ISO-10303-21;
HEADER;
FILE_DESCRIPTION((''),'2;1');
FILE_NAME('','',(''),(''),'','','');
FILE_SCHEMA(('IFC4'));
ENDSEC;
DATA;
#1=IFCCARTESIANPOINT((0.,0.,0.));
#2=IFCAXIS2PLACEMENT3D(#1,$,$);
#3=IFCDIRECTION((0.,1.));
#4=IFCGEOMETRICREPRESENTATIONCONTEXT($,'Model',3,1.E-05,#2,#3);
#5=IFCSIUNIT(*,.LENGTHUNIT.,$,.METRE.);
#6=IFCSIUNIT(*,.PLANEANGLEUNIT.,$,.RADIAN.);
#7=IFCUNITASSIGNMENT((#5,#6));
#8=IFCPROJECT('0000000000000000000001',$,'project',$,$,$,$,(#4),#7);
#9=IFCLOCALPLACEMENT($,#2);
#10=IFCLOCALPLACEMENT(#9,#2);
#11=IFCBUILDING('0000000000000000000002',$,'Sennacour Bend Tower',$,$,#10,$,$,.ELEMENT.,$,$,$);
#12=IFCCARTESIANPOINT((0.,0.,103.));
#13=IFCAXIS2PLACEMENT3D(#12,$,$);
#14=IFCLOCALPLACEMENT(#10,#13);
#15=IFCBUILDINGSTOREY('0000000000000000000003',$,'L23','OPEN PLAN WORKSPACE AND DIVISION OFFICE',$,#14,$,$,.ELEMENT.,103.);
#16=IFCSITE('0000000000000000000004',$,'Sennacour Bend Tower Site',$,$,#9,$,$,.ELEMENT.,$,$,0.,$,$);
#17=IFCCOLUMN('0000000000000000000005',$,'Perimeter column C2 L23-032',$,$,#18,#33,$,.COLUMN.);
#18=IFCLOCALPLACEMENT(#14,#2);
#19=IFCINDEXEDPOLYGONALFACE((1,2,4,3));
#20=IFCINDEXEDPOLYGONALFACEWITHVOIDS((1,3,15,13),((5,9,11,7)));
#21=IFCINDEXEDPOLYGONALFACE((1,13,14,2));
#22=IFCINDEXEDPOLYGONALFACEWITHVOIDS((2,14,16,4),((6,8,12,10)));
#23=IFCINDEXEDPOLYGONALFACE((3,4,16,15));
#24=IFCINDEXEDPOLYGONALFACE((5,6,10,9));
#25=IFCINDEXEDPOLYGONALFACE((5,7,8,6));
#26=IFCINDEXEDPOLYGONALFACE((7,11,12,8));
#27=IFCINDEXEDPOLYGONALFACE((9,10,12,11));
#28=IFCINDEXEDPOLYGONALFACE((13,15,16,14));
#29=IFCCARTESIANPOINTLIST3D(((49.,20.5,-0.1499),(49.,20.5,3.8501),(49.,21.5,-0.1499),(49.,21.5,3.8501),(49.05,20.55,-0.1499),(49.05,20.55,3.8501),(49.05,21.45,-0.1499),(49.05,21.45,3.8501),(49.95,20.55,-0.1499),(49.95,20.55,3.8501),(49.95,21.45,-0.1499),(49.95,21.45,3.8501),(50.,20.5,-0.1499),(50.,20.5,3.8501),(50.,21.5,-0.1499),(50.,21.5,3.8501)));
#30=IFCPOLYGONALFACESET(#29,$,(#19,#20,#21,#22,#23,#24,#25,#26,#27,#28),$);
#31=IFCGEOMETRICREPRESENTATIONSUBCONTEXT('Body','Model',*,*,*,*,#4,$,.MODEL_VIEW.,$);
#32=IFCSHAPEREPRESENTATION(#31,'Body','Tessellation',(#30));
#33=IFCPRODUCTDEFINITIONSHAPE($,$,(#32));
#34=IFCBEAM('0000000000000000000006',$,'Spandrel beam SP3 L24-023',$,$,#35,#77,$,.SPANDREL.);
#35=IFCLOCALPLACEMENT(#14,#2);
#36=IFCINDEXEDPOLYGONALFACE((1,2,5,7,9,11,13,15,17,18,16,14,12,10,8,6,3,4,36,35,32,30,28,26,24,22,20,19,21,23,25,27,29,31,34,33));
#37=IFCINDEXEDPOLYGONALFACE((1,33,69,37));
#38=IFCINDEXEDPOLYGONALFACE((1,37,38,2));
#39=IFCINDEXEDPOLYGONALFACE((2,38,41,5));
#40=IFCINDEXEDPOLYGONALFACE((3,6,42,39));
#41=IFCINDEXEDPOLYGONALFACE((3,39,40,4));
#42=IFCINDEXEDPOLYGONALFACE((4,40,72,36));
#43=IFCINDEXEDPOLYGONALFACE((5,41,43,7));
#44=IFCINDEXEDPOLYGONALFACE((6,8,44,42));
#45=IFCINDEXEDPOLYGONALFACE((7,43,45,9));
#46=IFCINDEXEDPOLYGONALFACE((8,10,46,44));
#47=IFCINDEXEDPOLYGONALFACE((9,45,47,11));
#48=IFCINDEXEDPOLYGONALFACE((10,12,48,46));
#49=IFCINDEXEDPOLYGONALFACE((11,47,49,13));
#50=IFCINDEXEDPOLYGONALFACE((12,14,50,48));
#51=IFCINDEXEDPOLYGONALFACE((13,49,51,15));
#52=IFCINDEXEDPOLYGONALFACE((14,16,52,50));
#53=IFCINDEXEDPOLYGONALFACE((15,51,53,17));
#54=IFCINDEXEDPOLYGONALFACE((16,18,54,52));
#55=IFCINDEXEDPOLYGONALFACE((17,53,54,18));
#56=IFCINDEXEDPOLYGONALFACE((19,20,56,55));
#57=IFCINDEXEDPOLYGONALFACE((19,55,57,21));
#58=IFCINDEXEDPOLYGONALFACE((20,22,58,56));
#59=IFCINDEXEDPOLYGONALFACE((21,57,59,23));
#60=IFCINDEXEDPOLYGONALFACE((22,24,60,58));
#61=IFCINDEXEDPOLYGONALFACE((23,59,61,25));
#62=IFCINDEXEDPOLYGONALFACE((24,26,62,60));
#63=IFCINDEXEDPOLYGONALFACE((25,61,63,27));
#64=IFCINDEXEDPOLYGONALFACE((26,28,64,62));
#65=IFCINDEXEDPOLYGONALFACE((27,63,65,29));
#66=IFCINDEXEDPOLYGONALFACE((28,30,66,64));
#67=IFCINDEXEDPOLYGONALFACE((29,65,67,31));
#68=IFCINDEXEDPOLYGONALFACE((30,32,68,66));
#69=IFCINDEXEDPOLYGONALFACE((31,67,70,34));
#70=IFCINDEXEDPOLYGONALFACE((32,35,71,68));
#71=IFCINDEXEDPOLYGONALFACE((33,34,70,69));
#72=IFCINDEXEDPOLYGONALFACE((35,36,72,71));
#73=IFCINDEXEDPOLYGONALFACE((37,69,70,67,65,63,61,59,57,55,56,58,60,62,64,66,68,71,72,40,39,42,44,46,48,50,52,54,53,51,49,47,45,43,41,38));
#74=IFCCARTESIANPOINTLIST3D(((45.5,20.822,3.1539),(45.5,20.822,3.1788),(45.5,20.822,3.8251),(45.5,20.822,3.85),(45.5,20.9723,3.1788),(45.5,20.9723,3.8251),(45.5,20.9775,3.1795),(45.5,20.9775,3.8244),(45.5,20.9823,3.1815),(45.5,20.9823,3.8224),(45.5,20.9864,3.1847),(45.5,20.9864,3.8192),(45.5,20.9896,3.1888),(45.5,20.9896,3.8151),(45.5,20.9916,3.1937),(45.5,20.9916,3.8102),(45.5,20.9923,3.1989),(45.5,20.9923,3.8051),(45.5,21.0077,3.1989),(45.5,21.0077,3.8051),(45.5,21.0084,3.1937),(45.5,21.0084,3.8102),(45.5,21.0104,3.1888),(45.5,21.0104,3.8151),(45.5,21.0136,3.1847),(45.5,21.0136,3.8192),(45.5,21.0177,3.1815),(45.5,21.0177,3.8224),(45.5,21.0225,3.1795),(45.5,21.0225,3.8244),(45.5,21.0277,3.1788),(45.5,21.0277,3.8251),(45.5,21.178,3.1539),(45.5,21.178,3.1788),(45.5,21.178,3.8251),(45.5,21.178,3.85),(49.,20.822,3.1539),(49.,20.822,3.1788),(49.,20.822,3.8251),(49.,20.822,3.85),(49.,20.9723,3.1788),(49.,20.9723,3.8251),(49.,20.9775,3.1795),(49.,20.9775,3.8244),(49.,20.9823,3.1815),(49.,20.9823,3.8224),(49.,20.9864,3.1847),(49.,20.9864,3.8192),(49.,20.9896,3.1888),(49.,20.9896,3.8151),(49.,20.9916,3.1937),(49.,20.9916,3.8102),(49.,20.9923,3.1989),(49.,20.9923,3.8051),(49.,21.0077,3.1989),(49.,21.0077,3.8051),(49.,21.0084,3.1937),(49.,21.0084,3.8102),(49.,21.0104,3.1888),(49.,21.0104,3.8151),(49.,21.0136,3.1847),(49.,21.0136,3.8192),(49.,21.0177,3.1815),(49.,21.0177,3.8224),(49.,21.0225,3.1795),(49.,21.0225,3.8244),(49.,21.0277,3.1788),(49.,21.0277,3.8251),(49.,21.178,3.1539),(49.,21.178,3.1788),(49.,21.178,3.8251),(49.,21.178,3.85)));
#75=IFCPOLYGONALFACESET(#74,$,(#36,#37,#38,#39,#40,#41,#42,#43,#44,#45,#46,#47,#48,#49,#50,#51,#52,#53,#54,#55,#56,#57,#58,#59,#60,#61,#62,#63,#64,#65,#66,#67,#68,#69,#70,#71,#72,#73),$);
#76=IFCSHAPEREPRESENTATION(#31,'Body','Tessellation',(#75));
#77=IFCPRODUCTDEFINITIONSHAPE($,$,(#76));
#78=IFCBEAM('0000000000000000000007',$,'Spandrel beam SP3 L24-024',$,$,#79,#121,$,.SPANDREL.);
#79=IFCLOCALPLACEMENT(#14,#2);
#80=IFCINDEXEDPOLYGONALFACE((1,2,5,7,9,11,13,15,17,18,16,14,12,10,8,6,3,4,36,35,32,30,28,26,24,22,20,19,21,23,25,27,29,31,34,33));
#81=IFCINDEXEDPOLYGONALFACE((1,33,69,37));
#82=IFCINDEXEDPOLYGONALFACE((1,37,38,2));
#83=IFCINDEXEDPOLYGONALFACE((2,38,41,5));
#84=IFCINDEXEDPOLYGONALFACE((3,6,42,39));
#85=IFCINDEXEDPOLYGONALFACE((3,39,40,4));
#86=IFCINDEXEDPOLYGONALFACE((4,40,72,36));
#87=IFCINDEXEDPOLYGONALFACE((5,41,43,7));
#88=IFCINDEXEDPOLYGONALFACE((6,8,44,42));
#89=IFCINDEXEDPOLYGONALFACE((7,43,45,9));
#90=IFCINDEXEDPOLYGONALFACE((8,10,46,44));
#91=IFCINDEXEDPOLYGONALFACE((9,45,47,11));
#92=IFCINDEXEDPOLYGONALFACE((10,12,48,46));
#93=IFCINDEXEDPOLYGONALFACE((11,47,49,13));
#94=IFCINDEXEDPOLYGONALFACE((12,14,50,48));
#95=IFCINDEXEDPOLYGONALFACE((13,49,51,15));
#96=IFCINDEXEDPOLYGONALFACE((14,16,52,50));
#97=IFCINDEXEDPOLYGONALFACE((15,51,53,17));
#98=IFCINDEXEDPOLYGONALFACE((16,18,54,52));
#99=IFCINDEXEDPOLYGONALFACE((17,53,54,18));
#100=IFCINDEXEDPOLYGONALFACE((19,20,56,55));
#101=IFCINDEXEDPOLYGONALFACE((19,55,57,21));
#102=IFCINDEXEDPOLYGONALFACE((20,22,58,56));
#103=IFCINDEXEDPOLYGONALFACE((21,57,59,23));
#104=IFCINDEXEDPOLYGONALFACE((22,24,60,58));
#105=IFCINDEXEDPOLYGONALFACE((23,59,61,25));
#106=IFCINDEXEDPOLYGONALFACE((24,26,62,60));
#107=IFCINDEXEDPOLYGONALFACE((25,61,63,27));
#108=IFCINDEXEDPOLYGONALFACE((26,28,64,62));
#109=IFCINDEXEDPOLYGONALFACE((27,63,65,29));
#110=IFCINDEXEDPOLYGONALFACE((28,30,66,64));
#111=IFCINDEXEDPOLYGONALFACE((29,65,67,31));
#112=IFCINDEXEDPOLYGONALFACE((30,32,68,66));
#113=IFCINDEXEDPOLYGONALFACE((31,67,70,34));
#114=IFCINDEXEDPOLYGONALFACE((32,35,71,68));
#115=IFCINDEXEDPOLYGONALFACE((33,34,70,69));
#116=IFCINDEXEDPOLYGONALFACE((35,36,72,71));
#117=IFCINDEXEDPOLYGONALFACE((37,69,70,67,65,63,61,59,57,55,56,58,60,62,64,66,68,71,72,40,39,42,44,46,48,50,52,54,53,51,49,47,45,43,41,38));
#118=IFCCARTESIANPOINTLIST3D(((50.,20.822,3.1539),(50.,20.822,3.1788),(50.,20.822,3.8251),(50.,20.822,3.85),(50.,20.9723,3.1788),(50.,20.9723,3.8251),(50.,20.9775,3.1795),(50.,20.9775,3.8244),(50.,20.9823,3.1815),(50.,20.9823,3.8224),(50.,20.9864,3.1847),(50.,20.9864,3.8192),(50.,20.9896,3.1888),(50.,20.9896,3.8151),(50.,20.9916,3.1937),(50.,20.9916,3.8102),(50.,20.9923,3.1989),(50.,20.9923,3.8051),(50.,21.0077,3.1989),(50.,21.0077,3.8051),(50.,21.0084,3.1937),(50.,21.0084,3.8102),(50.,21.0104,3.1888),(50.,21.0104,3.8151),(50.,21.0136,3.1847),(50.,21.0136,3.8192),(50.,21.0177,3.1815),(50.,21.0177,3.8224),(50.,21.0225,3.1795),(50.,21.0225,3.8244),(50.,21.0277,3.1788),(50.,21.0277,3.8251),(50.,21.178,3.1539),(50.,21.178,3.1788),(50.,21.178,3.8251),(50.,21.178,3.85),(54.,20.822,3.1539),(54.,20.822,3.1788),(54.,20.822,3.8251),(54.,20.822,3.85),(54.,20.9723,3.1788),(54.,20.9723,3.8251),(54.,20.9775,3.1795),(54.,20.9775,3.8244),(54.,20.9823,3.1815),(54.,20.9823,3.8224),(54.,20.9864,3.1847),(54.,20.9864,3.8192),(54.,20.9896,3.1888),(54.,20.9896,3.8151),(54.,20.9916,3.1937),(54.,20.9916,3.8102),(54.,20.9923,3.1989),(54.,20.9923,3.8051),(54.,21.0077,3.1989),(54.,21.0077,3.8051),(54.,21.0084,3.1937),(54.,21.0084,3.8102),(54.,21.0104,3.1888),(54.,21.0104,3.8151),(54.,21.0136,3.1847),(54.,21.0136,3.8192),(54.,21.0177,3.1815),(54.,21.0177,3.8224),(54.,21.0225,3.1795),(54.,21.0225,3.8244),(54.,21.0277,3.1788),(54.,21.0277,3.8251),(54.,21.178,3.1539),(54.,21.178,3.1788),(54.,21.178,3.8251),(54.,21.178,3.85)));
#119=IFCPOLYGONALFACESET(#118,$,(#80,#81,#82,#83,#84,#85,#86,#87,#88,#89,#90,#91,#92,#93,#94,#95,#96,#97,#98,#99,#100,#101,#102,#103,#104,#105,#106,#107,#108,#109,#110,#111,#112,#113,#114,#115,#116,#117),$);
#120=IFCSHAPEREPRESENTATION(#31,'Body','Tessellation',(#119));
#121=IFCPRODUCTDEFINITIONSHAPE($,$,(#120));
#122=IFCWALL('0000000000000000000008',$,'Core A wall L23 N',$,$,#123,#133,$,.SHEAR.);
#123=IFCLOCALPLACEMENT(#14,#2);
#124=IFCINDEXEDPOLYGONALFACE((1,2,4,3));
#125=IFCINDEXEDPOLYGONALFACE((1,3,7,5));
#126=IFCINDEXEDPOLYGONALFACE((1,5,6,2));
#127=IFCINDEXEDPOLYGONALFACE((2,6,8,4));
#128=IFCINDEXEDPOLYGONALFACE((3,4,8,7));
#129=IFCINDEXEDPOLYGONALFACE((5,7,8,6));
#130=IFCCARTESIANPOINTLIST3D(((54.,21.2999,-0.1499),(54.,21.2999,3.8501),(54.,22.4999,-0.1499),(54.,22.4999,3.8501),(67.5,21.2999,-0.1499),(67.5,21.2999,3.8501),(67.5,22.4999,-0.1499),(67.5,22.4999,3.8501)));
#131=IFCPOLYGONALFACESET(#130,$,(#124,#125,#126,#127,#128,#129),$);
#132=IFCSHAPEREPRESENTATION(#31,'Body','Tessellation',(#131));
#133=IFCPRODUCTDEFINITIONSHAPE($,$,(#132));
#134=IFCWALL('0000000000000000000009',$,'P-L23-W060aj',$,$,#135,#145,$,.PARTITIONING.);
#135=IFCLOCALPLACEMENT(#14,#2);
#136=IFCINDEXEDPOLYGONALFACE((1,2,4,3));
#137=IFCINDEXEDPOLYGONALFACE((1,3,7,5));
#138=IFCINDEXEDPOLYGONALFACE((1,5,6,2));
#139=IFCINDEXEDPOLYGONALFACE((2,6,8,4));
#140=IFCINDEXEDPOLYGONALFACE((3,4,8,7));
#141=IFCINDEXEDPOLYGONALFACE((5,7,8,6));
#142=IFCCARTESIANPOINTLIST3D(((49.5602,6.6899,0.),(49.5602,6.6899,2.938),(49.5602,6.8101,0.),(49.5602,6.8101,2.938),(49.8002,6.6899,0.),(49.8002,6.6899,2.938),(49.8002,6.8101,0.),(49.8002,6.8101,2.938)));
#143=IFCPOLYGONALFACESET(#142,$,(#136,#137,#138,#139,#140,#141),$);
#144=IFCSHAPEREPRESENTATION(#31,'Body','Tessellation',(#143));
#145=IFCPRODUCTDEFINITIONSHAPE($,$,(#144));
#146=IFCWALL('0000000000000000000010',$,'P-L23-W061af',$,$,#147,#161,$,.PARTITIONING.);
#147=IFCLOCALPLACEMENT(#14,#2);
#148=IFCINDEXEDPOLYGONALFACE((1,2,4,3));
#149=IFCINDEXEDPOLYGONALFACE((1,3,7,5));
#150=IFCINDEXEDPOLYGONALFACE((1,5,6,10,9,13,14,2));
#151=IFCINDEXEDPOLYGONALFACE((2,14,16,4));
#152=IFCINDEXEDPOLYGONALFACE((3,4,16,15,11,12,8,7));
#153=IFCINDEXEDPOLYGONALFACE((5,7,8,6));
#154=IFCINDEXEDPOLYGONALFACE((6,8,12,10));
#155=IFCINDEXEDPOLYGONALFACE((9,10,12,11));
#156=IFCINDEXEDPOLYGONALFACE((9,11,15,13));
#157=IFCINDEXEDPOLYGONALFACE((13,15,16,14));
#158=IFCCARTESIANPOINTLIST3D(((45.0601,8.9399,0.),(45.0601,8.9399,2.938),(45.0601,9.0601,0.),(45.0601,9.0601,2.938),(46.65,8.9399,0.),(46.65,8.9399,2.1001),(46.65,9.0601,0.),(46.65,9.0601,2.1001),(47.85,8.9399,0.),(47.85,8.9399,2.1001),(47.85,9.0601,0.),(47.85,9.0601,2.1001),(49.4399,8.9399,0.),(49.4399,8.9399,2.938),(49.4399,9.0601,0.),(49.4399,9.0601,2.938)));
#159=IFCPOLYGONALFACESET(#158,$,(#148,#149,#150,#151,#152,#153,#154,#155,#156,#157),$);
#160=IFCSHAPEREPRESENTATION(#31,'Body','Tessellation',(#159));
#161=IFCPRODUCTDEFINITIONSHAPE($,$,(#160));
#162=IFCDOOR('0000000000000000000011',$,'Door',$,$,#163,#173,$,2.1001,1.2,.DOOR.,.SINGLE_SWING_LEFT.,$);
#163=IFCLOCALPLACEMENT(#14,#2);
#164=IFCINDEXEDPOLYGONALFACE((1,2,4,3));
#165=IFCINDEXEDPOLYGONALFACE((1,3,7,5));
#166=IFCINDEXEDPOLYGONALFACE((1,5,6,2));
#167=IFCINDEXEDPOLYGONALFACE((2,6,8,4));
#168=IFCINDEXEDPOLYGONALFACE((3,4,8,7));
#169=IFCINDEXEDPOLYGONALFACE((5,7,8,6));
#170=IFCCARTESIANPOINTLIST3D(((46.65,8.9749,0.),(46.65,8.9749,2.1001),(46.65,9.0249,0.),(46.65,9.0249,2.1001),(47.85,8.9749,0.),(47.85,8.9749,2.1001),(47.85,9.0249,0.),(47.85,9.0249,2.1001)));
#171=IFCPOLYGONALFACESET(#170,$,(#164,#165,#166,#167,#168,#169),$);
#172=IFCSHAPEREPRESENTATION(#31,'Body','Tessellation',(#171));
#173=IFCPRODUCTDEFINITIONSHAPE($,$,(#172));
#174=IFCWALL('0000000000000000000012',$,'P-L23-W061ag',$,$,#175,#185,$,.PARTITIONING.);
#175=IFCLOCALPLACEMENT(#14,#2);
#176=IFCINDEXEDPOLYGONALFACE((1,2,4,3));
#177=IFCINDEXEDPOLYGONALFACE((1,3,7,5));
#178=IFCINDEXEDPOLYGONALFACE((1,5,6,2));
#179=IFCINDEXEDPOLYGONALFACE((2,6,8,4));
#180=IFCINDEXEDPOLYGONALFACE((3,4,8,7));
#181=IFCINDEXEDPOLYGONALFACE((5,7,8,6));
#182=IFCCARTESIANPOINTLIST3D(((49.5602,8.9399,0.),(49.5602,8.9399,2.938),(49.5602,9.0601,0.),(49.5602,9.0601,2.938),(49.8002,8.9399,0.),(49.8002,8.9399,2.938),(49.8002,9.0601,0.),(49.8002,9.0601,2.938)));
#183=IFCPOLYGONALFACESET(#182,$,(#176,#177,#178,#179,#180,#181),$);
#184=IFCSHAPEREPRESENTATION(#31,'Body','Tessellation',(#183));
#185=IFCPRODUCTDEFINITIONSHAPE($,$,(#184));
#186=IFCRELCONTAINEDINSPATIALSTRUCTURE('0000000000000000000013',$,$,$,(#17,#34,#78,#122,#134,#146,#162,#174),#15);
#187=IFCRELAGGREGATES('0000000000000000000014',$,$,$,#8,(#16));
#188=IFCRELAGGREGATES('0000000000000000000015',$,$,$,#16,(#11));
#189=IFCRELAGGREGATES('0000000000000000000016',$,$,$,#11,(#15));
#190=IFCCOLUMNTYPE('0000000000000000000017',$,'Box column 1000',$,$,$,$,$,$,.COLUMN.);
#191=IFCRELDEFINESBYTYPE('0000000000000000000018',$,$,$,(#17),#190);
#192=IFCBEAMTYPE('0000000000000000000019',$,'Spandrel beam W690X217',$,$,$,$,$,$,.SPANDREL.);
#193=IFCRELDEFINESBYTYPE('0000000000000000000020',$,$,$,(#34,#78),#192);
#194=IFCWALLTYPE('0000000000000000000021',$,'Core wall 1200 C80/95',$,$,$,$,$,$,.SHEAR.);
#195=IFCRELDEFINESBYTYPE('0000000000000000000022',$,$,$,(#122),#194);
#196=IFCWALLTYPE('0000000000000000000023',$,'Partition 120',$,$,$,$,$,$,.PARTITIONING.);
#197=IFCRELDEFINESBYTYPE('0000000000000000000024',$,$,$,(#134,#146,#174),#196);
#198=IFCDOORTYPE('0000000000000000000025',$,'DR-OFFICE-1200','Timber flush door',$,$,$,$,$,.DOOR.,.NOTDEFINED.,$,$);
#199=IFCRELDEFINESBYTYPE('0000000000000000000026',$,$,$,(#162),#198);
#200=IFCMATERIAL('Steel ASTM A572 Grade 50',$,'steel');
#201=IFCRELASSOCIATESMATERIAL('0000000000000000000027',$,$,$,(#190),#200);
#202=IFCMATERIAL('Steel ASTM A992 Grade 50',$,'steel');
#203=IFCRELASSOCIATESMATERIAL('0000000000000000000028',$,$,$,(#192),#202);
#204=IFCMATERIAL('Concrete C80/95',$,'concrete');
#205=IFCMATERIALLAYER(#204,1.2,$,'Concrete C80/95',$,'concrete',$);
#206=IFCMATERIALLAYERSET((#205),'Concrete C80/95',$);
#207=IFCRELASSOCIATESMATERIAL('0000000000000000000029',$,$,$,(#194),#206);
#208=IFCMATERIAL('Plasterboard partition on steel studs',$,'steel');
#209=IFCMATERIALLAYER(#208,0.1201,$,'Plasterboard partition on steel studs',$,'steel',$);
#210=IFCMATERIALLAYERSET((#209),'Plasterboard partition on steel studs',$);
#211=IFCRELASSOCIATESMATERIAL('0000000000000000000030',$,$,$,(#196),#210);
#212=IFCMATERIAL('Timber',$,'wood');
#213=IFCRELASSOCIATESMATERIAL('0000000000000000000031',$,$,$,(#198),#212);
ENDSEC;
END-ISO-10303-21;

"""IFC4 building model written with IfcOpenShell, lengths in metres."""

from ifc_helpers import new_model, si_unit, direction, frame, frame_2d, origin, origin_2d, place, context, subcontext, project, spatial, rectangle, hollow_rectangle, i_section, extrude, material, layer, layer_set, material_profile, profile_set, type_object, element, fill, save


model = new_model("IFC4")

# Units and contexts
model_context = context("Model", 3, precision=1e-05, world=origin(), true_north=direction((0.0, 1.0)))
body_context = subcontext(model_context, "Body", "Model", "MODEL_VIEW")
ifc_project = project(units=[si_unit("LENGTHUNIT", "METRE"), si_unit("PLANEANGLEUNIT", "RADIAN")], contexts=[model_context])

# Site, building, storey
site_placement = place(None, origin())
site = spatial("IfcSite", under=ifc_project, at=site_placement, Name="Sennacour Bend Tower Site", CompositionType="ELEMENT", RefElevation=0.0)
building_placement = place(site_placement, origin())
building = spatial("IfcBuilding", under=site, at=building_placement, Name="Sennacour Bend Tower", CompositionType="ELEMENT")
storey_placement = place(building_placement, frame((0.0, 0.0, 103.0)))
storey = spatial("IfcBuildingStorey", under=building, at=storey_placement, Name="L23", Description="OPEN PLAN WORKSPACE AND DIVISION OFFICE", CompositionType="ELEMENT", Elevation=103.0)

# Column
ifc_material_1 = material(Name="Steel ASTM A572 Grade 50", Category="steel")
ifc_material_profile_1 = material_profile(ifc_material_1, hollow_rectangle(XDim=1.0, YDim=1.0, WallThickness=0.05, at=origin_2d()), Name="Steel ASTM A572 Grade 50", Category="steel")
ifc_profile_set_1 = profile_set([ifc_material_profile_1], Name="Steel ASTM A572 Grade 50")
column_type = type_object("IfcColumnType", Name="Box column 1000", PredefinedType="COLUMN", material=ifc_profile_set_1)
column_placement = place(storey_placement, frame((49.5, 21.0, -0.1499), z_axis=(0.0, 0.0, 1.0), x_axis=(1.0, 0.0, 0.0)))
element("IfcColumn", 1, at=column_placement, inside=storey, type_object=column_type, Name="Perimeter column C2 L23-032", PredefinedType="COLUMN", context=body_context, shape_type="SweptSolid", body=[
    extrude(hollow_rectangle(XDim=1.0, YDim=1.0, WallThickness=0.05, at=origin_2d()), origin(), (0.0, 0.0, 1.0), 4.0),
])

# Beams
ifc_material_2 = material(Name="Steel ASTM A992 Grade 50", Category="steel")
ifc_material_profile_2 = material_profile(ifc_material_2, i_section(OverallWidth=0.356, OverallDepth=0.696, WebThickness=0.0154, FlangeThickness=0.0249, FilletRadius=0.02, at=origin_2d()), Name="Steel ASTM A992 Grade 50", Category="steel")
ifc_profile_set_2 = profile_set([ifc_material_profile_2], Name="Steel ASTM A992 Grade 50")
beam_type = type_object("IfcBeamType", Name="Spandrel beam W690X217", PredefinedType="SPANDREL", material=ifc_profile_set_2)
beam_1_placement = place(storey_placement, frame((45.5, 21.0, 3.502), z_axis=(1.0, 0.0, 0.0), x_axis=(0.0, 1.0, 0.0)))
element("IfcBeam", 2, at=beam_1_placement, inside=storey, type_object=beam_type, Name="Spandrel beam SP3 L24-023", PredefinedType="SPANDREL", context=body_context, shape_type="SweptSolid", body=[
    extrude(i_section(OverallWidth=0.356, OverallDepth=0.696, WebThickness=0.0154, FlangeThickness=0.0249, FilletRadius=0.02, at=origin_2d()), origin(), (0.0, 0.0, 1.0), 3.5),
])
beam_2_placement = place(storey_placement, frame((50.0, 21.0, 3.502), z_axis=(1.0, 0.0, 0.0), x_axis=(0.0, 1.0, 0.0)))
element("IfcBeam", 3, at=beam_2_placement, inside=storey, type_object=beam_type, Name="Spandrel beam SP3 L24-024", PredefinedType="SPANDREL", context=body_context, shape_type="SweptSolid", body=[
    extrude(i_section(OverallWidth=0.356, OverallDepth=0.696, WebThickness=0.0154, FlangeThickness=0.0249, FilletRadius=0.02, at=origin_2d()), origin(), (0.0, 0.0, 1.0), 4.0),
])

# Walls
ifc_material_3 = material(Name="Concrete C80/95", Category="concrete")
ifc_layer_1 = layer(ifc_material_3, 1.2, Name="Concrete C80/95", Category="concrete")
ifc_layer_set_1 = layer_set([ifc_layer_1], Name="Concrete C80/95")
wall_type_1 = type_object("IfcWallType", Name="Core wall 1200 C80/95", PredefinedType="SHEAR", material=ifc_layer_set_1)
wall_1_placement = place(storey_placement, frame((54.0, 21.8999, -0.1499), z_axis=(0.0, 0.0, 1.0), x_axis=(1.0, 0.0, 0.0)))
element("IfcWall", 4, at=wall_1_placement, inside=storey, type_object=wall_type_1, Name="Core A wall L23 N", PredefinedType="SHEAR", context=body_context, shape_type="SweptSolid", body=[
    extrude(rectangle(XDim=13.5, YDim=1.2, at=frame_2d((6.75, 0.0))), origin(), (0.0, 0.0, 1.0), 4.0),
])
ifc_material_4 = material(Name="Plasterboard partition on steel studs", Category="steel")
ifc_layer_2 = layer(ifc_material_4, 0.1201, Name="Plasterboard partition on steel studs", Category="steel")
ifc_layer_set_2 = layer_set([ifc_layer_2], Name="Plasterboard partition on steel studs")
wall_type_2 = type_object("IfcWallType", Name="Partition 120", PredefinedType="PARTITIONING", material=ifc_layer_set_2)
wall_2_placement = place(storey_placement, frame((49.5601, 6.75, 0.0), z_axis=(0.0, 0.0, 1.0), x_axis=(1.0, 0.0, 0.0)))
element("IfcWall", 5, at=wall_2_placement, inside=storey, type_object=wall_type_2, Name="P-L23-W060aj", PredefinedType="PARTITIONING", context=body_context, shape_type="SweptSolid", body=[
    extrude(rectangle(XDim=0.24, YDim=0.1201, at=frame_2d((0.1201, 0.0))), origin(), (0.0, 0.0, 1.0), 2.938),
])

# Wall, opening, door
wall_3_placement = place(storey_placement, frame((45.0601, 9.0, 0.0), z_axis=(0.0, 0.0, 1.0), x_axis=(1.0, 0.0, 0.0)))
wall_3 = element("IfcWall", 6, at=wall_3_placement, inside=storey, type_object=wall_type_2, Name="P-L23-W061af", PredefinedType="PARTITIONING", context=body_context, shape_type="SweptSolid", body=[
    extrude(rectangle(XDim=4.3799, YDim=0.1201, at=frame_2d((2.1899, 0.0))), origin(), (0.0, 0.0, 1.0), 2.938),
])
opening_1_placement = place(wall_3_placement, frame((1.5898, 0.0, 0.0)))
opening_1 = element("IfcOpeningElement", 7, at=opening_1_placement, cuts=wall_3, PredefinedType="OPENING", context=body_context, shape_type="SweptSolid", body=[
    extrude(rectangle(XDim=1.2, YDim=2.1001, at=frame_2d((0.6001, 1.05))), frame((0.0, 0.0701, 0.0), z_axis=(0.0, -1.0, 0.0), x_axis=(1.0, 0.0, 0.0)), (0.0, 0.0, 1.0), 0.1401),
])
ifc_material_5 = material(Name="Timber", Category="wood")
door_type_1 = type_object("IfcDoorType", Name="DR-OFFICE-1200", Description="Timber flush door", OperationType="NOTDEFINED", PredefinedType="DOOR", material=ifc_material_5)
door_1_placement = place(opening_1_placement, origin())
door_1 = element("IfcDoor", 8, at=door_1_placement, inside=storey, type_object=door_type_1, Name="Door", OperationType="SINGLE_SWING_LEFT", OverallHeight=2.1001, OverallWidth=1.2, PredefinedType="DOOR", context=body_context, shape_type="SweptSolid", body=[
    extrude(rectangle(XDim=1.2, YDim=2.1001, at=frame_2d((0.6001, 1.05))), frame((0.0, 0.0249, 0.0), z_axis=(0.0, -1.0, 0.0), x_axis=(1.0, 0.0, 0.0)), (0.0, 0.0, 1.0), 0.05),
])
fill(opening_1, door_1)

# Wall
wall_4_placement = place(storey_placement, frame((49.5601, 9.0, 0.0), z_axis=(0.0, 0.0, 1.0), x_axis=(1.0, 0.0, 0.0)))
element("IfcWall", 9, at=wall_4_placement, inside=storey, type_object=wall_type_2, Name="P-L23-W061ag", PredefinedType="PARTITIONING", context=body_context, shape_type="SweptSolid", body=[
    extrude(rectangle(XDim=0.24, YDim=0.1201, at=frame_2d((0.1201, 0.0))), origin(), (0.0, 0.0, 1.0), 2.938),
])

save(model, "model.ifc")
